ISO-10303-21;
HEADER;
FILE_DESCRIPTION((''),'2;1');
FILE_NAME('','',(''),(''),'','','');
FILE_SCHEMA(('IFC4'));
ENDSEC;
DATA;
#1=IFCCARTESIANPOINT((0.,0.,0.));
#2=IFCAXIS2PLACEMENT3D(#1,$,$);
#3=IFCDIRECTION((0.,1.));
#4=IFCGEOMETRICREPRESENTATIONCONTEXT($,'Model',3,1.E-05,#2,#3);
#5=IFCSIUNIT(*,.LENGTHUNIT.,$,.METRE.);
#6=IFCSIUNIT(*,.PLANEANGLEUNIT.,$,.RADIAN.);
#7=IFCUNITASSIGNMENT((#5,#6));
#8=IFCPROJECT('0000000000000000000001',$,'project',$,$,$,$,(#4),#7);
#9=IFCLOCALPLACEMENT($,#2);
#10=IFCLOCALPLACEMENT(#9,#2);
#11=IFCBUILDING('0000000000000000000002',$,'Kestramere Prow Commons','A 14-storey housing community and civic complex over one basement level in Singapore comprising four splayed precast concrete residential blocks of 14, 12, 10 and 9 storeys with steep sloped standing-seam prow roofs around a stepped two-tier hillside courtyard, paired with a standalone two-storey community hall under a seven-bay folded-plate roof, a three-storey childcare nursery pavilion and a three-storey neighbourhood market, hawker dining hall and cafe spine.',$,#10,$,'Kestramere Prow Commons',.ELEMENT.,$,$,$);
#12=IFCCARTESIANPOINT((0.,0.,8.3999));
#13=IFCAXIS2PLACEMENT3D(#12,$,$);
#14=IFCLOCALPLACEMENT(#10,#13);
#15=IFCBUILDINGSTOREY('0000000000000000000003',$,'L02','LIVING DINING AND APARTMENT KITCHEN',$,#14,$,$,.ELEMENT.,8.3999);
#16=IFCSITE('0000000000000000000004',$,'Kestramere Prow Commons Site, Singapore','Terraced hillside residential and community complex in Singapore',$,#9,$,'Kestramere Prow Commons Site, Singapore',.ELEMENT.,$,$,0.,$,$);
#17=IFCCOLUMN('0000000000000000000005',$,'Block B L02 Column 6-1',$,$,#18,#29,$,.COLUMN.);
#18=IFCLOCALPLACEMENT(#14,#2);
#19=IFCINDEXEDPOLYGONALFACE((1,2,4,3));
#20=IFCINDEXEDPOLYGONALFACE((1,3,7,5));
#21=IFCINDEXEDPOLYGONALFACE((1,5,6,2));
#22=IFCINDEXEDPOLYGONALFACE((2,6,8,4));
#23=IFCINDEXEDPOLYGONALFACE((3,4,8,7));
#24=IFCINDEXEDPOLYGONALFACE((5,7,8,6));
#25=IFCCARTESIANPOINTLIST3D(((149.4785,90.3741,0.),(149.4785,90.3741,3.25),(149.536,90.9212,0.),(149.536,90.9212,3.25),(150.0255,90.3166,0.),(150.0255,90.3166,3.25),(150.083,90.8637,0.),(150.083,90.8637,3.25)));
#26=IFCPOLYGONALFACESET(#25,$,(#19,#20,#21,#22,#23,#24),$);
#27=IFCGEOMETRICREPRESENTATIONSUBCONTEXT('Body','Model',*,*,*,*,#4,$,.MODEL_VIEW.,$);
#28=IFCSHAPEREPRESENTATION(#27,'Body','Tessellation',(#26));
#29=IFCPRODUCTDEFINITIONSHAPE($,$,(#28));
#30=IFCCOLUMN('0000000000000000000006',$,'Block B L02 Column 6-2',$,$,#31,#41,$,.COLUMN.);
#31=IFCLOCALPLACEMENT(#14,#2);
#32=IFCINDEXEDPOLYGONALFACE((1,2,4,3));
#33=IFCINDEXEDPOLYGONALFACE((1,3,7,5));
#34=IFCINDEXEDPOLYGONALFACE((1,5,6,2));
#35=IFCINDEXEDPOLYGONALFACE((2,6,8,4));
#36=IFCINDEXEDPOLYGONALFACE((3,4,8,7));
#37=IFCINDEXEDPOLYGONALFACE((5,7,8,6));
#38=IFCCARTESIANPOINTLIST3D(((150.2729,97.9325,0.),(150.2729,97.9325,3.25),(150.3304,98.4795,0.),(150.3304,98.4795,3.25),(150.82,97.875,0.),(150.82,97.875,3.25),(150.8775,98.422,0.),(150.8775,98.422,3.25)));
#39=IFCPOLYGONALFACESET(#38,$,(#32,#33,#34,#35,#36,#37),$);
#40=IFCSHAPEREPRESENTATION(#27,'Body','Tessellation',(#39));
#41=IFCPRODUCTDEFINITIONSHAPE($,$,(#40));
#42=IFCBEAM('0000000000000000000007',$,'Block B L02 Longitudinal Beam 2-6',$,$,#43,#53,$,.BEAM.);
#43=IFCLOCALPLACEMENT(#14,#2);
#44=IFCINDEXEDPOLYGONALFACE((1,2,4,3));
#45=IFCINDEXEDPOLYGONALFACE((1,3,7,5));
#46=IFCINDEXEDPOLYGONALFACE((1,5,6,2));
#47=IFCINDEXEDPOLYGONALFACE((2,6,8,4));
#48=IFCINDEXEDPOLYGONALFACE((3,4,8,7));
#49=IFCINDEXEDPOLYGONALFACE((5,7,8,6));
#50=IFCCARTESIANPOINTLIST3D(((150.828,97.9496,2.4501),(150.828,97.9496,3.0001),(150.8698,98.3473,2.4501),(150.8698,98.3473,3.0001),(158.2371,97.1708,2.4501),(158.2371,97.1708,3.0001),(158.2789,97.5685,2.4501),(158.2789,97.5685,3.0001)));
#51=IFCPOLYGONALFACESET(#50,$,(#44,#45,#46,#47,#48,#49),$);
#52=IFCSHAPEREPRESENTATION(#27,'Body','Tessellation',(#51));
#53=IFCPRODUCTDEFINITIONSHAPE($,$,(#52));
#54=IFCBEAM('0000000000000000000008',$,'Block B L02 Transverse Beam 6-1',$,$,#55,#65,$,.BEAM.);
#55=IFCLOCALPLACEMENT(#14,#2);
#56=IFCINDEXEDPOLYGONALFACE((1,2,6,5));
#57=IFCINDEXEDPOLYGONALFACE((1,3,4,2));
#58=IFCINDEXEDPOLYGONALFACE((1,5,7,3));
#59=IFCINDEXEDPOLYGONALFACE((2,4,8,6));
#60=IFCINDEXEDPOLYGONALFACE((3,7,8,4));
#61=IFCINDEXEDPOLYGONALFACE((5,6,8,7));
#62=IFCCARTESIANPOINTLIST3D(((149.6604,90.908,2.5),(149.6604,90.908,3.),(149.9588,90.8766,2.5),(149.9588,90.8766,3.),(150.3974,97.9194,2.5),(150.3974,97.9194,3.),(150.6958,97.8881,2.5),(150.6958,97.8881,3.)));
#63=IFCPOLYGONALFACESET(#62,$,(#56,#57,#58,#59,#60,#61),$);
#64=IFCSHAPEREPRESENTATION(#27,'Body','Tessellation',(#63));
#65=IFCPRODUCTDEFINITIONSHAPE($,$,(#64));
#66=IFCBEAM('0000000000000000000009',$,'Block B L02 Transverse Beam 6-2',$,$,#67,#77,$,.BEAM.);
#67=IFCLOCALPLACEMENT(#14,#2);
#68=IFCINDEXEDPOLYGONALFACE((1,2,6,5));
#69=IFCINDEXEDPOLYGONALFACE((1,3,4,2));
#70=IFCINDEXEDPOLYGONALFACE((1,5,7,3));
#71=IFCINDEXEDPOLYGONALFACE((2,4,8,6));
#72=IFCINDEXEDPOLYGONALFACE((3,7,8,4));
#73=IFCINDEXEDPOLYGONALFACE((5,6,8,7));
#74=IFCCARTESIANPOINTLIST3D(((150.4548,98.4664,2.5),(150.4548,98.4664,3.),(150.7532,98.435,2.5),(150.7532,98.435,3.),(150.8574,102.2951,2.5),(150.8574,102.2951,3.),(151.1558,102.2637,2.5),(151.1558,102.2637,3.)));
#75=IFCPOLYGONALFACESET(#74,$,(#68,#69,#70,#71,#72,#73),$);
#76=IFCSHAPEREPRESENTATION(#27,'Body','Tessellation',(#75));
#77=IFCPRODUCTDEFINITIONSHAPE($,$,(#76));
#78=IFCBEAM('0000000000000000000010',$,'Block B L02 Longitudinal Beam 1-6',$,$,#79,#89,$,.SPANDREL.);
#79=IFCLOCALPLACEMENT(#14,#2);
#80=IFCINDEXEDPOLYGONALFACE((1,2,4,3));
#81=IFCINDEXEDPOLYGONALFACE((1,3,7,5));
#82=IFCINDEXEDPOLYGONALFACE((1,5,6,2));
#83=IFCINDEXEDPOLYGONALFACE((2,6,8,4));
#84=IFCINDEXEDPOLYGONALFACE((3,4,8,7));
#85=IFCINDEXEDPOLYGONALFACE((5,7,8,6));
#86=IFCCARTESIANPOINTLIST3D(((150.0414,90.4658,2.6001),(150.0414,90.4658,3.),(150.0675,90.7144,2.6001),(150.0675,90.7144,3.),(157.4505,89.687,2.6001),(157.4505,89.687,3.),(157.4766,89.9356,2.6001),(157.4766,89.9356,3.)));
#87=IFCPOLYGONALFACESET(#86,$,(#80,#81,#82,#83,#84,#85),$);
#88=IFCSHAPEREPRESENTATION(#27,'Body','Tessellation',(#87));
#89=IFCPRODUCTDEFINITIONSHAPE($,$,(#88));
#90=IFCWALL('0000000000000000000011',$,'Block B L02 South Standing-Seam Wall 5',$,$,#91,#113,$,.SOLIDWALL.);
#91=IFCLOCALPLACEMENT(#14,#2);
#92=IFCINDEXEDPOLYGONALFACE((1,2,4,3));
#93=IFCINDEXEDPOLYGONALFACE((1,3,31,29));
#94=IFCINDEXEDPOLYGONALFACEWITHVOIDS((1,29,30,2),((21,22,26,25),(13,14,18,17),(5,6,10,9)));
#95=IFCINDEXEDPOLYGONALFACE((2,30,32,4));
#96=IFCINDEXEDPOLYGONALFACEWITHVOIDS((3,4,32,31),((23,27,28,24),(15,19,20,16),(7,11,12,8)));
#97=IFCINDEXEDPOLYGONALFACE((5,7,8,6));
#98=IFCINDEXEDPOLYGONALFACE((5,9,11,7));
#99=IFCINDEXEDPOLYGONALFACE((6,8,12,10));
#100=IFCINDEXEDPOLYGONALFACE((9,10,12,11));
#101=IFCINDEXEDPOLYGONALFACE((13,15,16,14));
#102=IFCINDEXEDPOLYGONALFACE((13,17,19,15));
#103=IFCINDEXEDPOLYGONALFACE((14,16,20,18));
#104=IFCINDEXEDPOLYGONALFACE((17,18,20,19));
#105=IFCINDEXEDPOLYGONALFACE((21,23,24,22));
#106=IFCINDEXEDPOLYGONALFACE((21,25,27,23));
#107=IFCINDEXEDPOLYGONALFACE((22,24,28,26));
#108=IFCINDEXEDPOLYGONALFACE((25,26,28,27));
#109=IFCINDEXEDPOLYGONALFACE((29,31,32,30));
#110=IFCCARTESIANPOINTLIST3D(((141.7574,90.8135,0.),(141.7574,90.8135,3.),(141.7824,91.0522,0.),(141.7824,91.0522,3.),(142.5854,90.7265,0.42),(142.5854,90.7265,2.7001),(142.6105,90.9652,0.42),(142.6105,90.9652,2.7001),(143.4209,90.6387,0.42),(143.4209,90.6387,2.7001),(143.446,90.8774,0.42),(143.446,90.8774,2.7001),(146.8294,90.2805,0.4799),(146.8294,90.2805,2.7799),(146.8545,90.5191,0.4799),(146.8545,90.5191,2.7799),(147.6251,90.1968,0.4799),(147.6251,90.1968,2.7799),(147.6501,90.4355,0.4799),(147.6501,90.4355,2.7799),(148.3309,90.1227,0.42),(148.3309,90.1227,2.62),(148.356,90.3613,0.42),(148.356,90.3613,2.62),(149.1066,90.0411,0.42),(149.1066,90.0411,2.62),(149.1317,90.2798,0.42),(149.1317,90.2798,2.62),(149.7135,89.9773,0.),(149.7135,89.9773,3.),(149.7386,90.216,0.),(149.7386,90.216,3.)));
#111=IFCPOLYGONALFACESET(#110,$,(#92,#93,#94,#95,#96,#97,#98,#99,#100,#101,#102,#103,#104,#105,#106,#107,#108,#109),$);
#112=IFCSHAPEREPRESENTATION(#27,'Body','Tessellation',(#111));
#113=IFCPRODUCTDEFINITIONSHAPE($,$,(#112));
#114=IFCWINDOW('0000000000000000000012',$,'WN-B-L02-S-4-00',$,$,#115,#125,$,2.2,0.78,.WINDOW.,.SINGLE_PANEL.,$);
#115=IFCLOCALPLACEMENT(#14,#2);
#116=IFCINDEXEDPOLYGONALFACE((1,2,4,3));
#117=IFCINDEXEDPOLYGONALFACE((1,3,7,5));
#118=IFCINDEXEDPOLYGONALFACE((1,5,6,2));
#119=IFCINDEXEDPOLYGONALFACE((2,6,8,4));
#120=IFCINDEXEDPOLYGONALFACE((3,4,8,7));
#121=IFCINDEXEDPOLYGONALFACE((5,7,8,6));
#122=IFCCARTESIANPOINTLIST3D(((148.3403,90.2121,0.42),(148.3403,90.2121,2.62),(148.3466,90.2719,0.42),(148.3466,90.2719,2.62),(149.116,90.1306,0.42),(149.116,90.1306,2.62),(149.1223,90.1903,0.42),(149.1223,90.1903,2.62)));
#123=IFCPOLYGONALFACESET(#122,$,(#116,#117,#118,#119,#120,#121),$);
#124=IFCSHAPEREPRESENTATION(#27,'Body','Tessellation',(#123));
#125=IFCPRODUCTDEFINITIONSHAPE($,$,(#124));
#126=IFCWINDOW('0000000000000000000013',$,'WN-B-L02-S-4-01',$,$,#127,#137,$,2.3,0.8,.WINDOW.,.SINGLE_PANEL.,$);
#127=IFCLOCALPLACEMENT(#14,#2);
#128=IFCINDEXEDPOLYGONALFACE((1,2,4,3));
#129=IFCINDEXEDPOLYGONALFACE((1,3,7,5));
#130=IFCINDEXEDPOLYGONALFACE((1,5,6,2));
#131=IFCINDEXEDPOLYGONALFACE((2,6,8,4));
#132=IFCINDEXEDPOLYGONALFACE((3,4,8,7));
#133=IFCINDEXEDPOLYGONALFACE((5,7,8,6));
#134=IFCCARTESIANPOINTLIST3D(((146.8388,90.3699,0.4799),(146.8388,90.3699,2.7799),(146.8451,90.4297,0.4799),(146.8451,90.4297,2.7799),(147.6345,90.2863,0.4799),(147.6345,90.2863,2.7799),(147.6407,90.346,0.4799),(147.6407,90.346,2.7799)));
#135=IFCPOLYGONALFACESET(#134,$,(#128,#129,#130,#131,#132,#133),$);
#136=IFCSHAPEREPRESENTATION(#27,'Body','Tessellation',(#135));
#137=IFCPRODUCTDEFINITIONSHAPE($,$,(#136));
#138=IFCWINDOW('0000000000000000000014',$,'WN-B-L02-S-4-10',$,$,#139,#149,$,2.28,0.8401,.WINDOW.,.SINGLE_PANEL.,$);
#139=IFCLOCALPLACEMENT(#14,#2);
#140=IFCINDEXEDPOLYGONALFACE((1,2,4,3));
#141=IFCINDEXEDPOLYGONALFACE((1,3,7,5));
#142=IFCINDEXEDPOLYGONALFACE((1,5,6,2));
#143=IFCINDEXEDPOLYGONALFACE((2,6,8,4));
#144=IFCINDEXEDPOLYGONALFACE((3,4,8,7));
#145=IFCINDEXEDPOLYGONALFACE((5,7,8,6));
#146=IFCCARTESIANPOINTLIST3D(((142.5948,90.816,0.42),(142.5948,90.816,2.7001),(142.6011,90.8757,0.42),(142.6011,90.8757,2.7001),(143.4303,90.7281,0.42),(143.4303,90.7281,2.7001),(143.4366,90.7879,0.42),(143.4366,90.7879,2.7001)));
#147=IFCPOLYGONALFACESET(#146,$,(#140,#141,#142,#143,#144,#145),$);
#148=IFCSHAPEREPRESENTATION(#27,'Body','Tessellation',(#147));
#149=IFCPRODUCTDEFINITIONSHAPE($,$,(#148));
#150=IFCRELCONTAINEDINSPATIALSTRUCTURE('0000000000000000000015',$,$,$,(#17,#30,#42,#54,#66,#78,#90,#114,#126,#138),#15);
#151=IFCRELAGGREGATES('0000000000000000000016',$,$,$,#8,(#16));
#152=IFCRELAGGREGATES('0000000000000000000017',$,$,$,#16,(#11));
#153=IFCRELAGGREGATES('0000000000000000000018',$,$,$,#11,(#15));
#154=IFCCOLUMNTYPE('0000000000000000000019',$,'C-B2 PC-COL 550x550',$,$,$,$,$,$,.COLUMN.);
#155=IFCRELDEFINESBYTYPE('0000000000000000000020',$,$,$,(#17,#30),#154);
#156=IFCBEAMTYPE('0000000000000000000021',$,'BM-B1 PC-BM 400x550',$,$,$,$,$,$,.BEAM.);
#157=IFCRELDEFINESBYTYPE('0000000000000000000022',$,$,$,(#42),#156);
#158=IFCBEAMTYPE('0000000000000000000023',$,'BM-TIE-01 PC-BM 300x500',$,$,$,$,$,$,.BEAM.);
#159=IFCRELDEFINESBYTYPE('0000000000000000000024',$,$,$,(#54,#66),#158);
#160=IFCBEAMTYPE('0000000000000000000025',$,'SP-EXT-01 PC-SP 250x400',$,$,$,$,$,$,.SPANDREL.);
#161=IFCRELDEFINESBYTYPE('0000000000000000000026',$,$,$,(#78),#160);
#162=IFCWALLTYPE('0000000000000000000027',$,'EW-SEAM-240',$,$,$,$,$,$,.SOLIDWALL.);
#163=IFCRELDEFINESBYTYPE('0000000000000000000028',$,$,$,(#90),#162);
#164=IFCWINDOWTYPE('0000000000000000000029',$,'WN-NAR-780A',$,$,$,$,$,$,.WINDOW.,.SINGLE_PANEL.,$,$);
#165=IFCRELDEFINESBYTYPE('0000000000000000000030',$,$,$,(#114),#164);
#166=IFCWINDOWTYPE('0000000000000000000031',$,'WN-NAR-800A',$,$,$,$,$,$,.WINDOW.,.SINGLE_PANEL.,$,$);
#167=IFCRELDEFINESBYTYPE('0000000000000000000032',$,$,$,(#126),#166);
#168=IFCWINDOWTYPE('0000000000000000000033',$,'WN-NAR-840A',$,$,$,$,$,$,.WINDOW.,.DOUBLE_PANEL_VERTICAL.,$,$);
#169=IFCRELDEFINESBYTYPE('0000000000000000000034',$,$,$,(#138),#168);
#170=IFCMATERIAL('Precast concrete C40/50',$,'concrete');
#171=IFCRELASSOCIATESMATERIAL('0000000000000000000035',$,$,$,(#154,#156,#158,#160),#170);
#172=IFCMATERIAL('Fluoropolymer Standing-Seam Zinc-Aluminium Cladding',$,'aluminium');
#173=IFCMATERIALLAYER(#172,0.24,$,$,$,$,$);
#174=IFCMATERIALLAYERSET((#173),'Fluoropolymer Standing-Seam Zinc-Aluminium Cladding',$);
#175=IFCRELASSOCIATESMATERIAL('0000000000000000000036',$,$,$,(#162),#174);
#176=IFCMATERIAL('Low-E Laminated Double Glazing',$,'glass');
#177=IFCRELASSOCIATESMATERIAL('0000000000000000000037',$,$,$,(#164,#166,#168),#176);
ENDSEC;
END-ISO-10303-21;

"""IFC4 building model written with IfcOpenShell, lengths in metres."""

from ifc_helpers import new_model, si_unit, direction, frame, frame_2d, origin, origin_2d, place, context, subcontext, project, spatial, rectangle, extrude, material, layer, layer_set, material_profile, profile_set, type_object, element, fill, save


model = new_model("IFC4")

# Units and contexts
model_context = context("Model", 3, precision=1e-05, world=origin(), true_north=direction((0.0, 1.0)))
body_context = subcontext(model_context, "Body", "Model", "MODEL_VIEW")
ifc_project = project(units=[si_unit("LENGTHUNIT", "METRE"), si_unit("PLANEANGLEUNIT", "RADIAN")], contexts=[model_context])

# Site, building, storey
site_placement = place(None, origin())
site = spatial("IfcSite", under=ifc_project, at=site_placement, Name="Kestramere Prow Commons Site, Singapore", Description="Terraced hillside residential and community complex in Singapore", LongName="Kestramere Prow Commons Site, Singapore", CompositionType="ELEMENT", RefElevation=0.0)
building_placement = place(site_placement, origin())
building = spatial("IfcBuilding", under=site, at=building_placement, Name="Kestramere Prow Commons", Description="A 14-storey housing community and civic complex over one basement level in Singapore comprising four splayed precast concrete residential blocks of 14, 12, 10 and 9 storeys with steep sloped standing-seam prow roofs around a stepped two-tier hillside courtyard, paired with a standalone two-storey community hall under a seven-bay folded-plate roof, a three-storey childcare nursery pavilion and a three-storey neighbourhood market, hawker dining hall and cafe spine.", LongName="Kestramere Prow Commons", CompositionType="ELEMENT")
storey_placement = place(building_placement, frame((0.0, 0.0, 8.3999)))
storey = spatial("IfcBuildingStorey", under=building, at=storey_placement, Name="L02", Description="LIVING DINING AND APARTMENT KITCHEN", CompositionType="ELEMENT", Elevation=8.3999)

# Columns
ifc_material_1 = material(Name="Precast concrete C40/50", Category="concrete")
ifc_material_profile_1 = material_profile(ifc_material_1, rectangle(XDim=0.55, YDim=0.55, at=origin_2d()), Name="PC-COL 550x550")
ifc_profile_set_1 = profile_set([ifc_material_profile_1], Name="Precast concrete C40/50")
column_type = type_object("IfcColumnType", Name="C-B2 PC-COL 550x550", PredefinedType="COLUMN", material=ifc_profile_set_1)
for number, where, z_axis, x_axis, name in (
    (1, (149.7808, 90.6189, 0.0), (0.0, 0.0, 1.0), (0.994522, -0.104528, 0.0), "Block B L02 Column 6-1"),
    (2, (150.5752, 98.1772, 0.0), (0.0, 0.0, 1.0), (0.994522, -0.104528, 0.0), "Block B L02 Column 6-2"),
):
    element("IfcColumn", number, at=place(storey_placement, frame(where, z_axis=z_axis, x_axis=x_axis)), inside=storey, type_object=column_type, Name=name, PredefinedType="COLUMN", context=body_context, shape_type="SweptSolid", body=[
        extrude(rectangle(XDim=0.55, YDim=0.55, at=origin_2d()), origin(), (0.0, 0.0, 1.0), 3.25),
    ])

# Beams
ifc_material_profile_2 = material_profile(ifc_material_1, rectangle(XDim=0.3999, YDim=0.55, at=origin_2d()), Name="PC-BM 400x550")
ifc_profile_set_2 = profile_set([ifc_material_profile_2], Name="Precast concrete C40/50")
beam_type_1 = type_object("IfcBeamType", Name="BM-B1 PC-BM 400x550", PredefinedType="BEAM", material=ifc_profile_set_2)
beam_1_placement = place(storey_placement, frame((150.8489, 98.1484, 2.7251), z_axis=(0.994521, -0.104538, 0.0), x_axis=(0.104538, 0.994521, 0.0)))
element("IfcBeam", 3, at=beam_1_placement, inside=storey, type_object=beam_type_1, Name="Block B L02 Longitudinal Beam 2-6", PredefinedType="BEAM", context=body_context, shape_type="SweptSolid", body=[
    extrude(rectangle(XDim=0.3999, YDim=0.55, at=origin_2d()), origin(), (0.0, 0.0, 1.0), 7.45),
])
ifc_material_profile_3 = material_profile(ifc_material_1, rectangle(XDim=0.3, YDim=0.5, at=origin_2d()), Name="PC-BM 300x500")
ifc_profile_set_3 = profile_set([ifc_material_profile_3], Name="Precast concrete C40/50")
beam_type_2 = type_object("IfcBeamType", Name="BM-TIE-01 PC-BM 300x500", PredefinedType="BEAM", material=ifc_profile_set_3)
beam_2_placement = place(storey_placement, frame((149.8096, 90.8923, 2.75), z_axis=(0.104546, 0.99452, 0.0), x_axis=(-0.99452, 0.104546, 0.0)))
element("IfcBeam", 4, at=beam_2_placement, inside=storey, type_object=beam_type_2, Name="Block B L02 Transverse Beam 6-1", PredefinedType="BEAM", context=body_context, shape_type="SweptSolid", body=[
    extrude(rectangle(XDim=0.3, YDim=0.5, at=origin_2d()), origin(), (0.0, 0.0, 1.0), 7.05),
])
beam_3_placement = place(storey_placement, frame((150.604, 98.4507, 2.75), z_axis=(0.104569, 0.994518, 0.0), x_axis=(-0.994518, 0.104569, 0.0)))
element("IfcBeam", 5, at=beam_3_placement, inside=storey, type_object=beam_type_2, Name="Block B L02 Transverse Beam 6-2", PredefinedType="BEAM", context=body_context, shape_type="SweptSolid", body=[
    extrude(rectangle(XDim=0.3, YDim=0.5, at=origin_2d()), origin(), (0.0, 0.0, 1.0), 3.8499),
])
ifc_material_profile_4 = material_profile(ifc_material_1, rectangle(XDim=0.25, YDim=0.3999, at=origin_2d()), Name="PC-SP 250x400")
ifc_profile_set_4 = profile_set([ifc_material_profile_4], Name="Precast concrete C40/50")
beam_type_3 = type_object("IfcBeamType", Name="SP-EXT-01 PC-SP 250x400", PredefinedType="SPANDREL", material=ifc_profile_set_4)
beam_4_placement = place(storey_placement, frame((150.0544, 90.5901, 2.8), z_axis=(0.994521, -0.104538, 0.0), x_axis=(0.104538, 0.994521, 0.0)))
element("IfcBeam", 6, at=beam_4_placement, inside=storey, type_object=beam_type_3, Name="Block B L02 Longitudinal Beam 1-6", PredefinedType="SPANDREL", context=body_context, shape_type="SweptSolid", body=[
    extrude(rectangle(XDim=0.25, YDim=0.3999, at=origin_2d()), origin(), (0.0, 0.0, 1.0), 7.45),
])

# Wall, openings, windows
ifc_material_2 = material(Name="Fluoropolymer Standing-Seam Zinc-Aluminium Cladding", Category="aluminium")
ifc_layer_1 = layer(ifc_material_2, 0.24)
ifc_layer_set_1 = layer_set([ifc_layer_1], Name="Fluoropolymer Standing-Seam Zinc-Aluminium Cladding")
wall_type_1 = type_object("IfcWallType", Name="EW-SEAM-240", PredefinedType="SOLIDWALL", material=ifc_layer_set_1)
wall_1_placement = place(storey_placement, frame((149.7261, 90.0967, 0.0), z_axis=(0.0, 0.0, 1.0), x_axis=(-0.994523, 0.104521, 0.0)))
wall_1 = element("IfcWall", 7, at=wall_1_placement, inside=storey, type_object=wall_type_1, Name="Block B L02 South Standing-Seam Wall 5", PredefinedType="SOLIDWALL", context=body_context, shape_type="SweptSolid", body=[
    extrude(rectangle(XDim=8.0, YDim=0.24, at=frame_2d((4.0, 0.0))), origin(), (0.0, 0.0, 1.0), 3.0),
])
opening_1_placement = place(wall_1_placement, frame((0.6101, 0.0, 0.4199)))
opening_1 = element("IfcOpeningElement", 8, at=opening_1_placement, cuts=wall_1, PredefinedType="OPENING", context=body_context, shape_type="SweptSolid", body=[
    extrude(rectangle(XDim=0.78, YDim=2.2, at=frame_2d((0.3901, 1.1001))), frame((0.0, 0.135, 0.0), z_axis=(0.0, -1.0, 0.0), x_axis=(1.0, 0.0, 0.0)), (0.0, 0.0, 1.0), 0.27),
])
opening_2_placement = place(wall_1_placement, frame((2.1001, 0.0, 0.48)))
opening_2 = element("IfcOpeningElement", 9, at=opening_2_placement, cuts=wall_1, PredefinedType="OPENING", context=body_context, shape_type="SweptSolid", body=[
    extrude(rectangle(XDim=0.8, YDim=2.3, at=frame_2d((0.3999, 1.1499))), frame((0.0, 0.135, 0.0), z_axis=(0.0, -1.0, 0.0), x_axis=(1.0, 0.0, 0.0)), (0.0, 0.0, 1.0), 0.27),
])
opening_3_placement = place(wall_1_placement, frame((6.3274, 0.0, 0.4199)))
opening_3 = element("IfcOpeningElement", 10, at=opening_3_placement, cuts=wall_1, PredefinedType="OPENING", context=body_context, shape_type="SweptSolid", body=[
    extrude(rectangle(XDim=0.8401, YDim=2.28, at=frame_2d((0.4199, 1.1401))), frame((0.0, 0.135, 0.0), z_axis=(0.0, -1.0, 0.0), x_axis=(1.0, 0.0, 0.0)), (0.0, 0.0, 1.0), 0.27),
])
ifc_material_3 = material(Name="Low-E Laminated Double Glazing", Category="glass")
window_type_1 = type_object("IfcWindowType", Name="WN-NAR-780A", PartitioningType="SINGLE_PANEL", PredefinedType="WINDOW", material=ifc_material_3)
window_1_placement = place(opening_1_placement, origin())
window_1 = element("IfcWindow", 11, at=window_1_placement, inside=storey, type_object=window_type_1, Name="WN-B-L02-S-4-00", OverallHeight=2.2, OverallWidth=0.78, PartitioningType="SINGLE_PANEL", PredefinedType="WINDOW", context=body_context, shape_type="SweptSolid", body=[
    extrude(rectangle(XDim=0.78, YDim=2.2, at=frame_2d((0.3901, 1.1001))), frame((0.0, 0.03, 0.0), z_axis=(0.0, -1.0, 0.0), x_axis=(1.0, 0.0, 0.0)), (0.0, 0.0, 1.0), 0.0601),
])
fill(opening_1, window_1)
window_type_2 = type_object("IfcWindowType", Name="WN-NAR-800A", PartitioningType="SINGLE_PANEL", PredefinedType="WINDOW", material=ifc_material_3)
window_2_placement = place(opening_2_placement, origin())
window_2 = element("IfcWindow", 12, at=window_2_placement, inside=storey, type_object=window_type_2, Name="WN-B-L02-S-4-01", OverallHeight=2.3, OverallWidth=0.8, PartitioningType="SINGLE_PANEL", PredefinedType="WINDOW", context=body_context, shape_type="SweptSolid", body=[
    extrude(rectangle(XDim=0.8, YDim=2.3, at=frame_2d((0.3999, 1.1499))), frame((0.0, 0.03, 0.0), z_axis=(0.0, -1.0, 0.0), x_axis=(1.0, 0.0, 0.0)), (0.0, 0.0, 1.0), 0.0601),
])
fill(opening_2, window_2)
window_type_3 = type_object("IfcWindowType", Name="WN-NAR-840A", PartitioningType="DOUBLE_PANEL_VERTICAL", PredefinedType="WINDOW", material=ifc_material_3)
window_3_placement = place(opening_3_placement, origin())
window_3 = element("IfcWindow", 13, at=window_3_placement, inside=storey, type_object=window_type_3, Name="WN-B-L02-S-4-10", OverallHeight=2.28, OverallWidth=0.8401, PartitioningType="SINGLE_PANEL", PredefinedType="WINDOW", context=body_context, shape_type="SweptSolid", body=[
    extrude(rectangle(XDim=0.8401, YDim=2.28, at=frame_2d((0.4199, 1.1401))), frame((0.0, 0.03, 0.0), z_axis=(0.0, -1.0, 0.0), x_axis=(1.0, 0.0, 0.0)), (0.0, 0.0, 1.0), 0.0601),
])
fill(opening_3, window_3)

save(model, "model.ifc")
